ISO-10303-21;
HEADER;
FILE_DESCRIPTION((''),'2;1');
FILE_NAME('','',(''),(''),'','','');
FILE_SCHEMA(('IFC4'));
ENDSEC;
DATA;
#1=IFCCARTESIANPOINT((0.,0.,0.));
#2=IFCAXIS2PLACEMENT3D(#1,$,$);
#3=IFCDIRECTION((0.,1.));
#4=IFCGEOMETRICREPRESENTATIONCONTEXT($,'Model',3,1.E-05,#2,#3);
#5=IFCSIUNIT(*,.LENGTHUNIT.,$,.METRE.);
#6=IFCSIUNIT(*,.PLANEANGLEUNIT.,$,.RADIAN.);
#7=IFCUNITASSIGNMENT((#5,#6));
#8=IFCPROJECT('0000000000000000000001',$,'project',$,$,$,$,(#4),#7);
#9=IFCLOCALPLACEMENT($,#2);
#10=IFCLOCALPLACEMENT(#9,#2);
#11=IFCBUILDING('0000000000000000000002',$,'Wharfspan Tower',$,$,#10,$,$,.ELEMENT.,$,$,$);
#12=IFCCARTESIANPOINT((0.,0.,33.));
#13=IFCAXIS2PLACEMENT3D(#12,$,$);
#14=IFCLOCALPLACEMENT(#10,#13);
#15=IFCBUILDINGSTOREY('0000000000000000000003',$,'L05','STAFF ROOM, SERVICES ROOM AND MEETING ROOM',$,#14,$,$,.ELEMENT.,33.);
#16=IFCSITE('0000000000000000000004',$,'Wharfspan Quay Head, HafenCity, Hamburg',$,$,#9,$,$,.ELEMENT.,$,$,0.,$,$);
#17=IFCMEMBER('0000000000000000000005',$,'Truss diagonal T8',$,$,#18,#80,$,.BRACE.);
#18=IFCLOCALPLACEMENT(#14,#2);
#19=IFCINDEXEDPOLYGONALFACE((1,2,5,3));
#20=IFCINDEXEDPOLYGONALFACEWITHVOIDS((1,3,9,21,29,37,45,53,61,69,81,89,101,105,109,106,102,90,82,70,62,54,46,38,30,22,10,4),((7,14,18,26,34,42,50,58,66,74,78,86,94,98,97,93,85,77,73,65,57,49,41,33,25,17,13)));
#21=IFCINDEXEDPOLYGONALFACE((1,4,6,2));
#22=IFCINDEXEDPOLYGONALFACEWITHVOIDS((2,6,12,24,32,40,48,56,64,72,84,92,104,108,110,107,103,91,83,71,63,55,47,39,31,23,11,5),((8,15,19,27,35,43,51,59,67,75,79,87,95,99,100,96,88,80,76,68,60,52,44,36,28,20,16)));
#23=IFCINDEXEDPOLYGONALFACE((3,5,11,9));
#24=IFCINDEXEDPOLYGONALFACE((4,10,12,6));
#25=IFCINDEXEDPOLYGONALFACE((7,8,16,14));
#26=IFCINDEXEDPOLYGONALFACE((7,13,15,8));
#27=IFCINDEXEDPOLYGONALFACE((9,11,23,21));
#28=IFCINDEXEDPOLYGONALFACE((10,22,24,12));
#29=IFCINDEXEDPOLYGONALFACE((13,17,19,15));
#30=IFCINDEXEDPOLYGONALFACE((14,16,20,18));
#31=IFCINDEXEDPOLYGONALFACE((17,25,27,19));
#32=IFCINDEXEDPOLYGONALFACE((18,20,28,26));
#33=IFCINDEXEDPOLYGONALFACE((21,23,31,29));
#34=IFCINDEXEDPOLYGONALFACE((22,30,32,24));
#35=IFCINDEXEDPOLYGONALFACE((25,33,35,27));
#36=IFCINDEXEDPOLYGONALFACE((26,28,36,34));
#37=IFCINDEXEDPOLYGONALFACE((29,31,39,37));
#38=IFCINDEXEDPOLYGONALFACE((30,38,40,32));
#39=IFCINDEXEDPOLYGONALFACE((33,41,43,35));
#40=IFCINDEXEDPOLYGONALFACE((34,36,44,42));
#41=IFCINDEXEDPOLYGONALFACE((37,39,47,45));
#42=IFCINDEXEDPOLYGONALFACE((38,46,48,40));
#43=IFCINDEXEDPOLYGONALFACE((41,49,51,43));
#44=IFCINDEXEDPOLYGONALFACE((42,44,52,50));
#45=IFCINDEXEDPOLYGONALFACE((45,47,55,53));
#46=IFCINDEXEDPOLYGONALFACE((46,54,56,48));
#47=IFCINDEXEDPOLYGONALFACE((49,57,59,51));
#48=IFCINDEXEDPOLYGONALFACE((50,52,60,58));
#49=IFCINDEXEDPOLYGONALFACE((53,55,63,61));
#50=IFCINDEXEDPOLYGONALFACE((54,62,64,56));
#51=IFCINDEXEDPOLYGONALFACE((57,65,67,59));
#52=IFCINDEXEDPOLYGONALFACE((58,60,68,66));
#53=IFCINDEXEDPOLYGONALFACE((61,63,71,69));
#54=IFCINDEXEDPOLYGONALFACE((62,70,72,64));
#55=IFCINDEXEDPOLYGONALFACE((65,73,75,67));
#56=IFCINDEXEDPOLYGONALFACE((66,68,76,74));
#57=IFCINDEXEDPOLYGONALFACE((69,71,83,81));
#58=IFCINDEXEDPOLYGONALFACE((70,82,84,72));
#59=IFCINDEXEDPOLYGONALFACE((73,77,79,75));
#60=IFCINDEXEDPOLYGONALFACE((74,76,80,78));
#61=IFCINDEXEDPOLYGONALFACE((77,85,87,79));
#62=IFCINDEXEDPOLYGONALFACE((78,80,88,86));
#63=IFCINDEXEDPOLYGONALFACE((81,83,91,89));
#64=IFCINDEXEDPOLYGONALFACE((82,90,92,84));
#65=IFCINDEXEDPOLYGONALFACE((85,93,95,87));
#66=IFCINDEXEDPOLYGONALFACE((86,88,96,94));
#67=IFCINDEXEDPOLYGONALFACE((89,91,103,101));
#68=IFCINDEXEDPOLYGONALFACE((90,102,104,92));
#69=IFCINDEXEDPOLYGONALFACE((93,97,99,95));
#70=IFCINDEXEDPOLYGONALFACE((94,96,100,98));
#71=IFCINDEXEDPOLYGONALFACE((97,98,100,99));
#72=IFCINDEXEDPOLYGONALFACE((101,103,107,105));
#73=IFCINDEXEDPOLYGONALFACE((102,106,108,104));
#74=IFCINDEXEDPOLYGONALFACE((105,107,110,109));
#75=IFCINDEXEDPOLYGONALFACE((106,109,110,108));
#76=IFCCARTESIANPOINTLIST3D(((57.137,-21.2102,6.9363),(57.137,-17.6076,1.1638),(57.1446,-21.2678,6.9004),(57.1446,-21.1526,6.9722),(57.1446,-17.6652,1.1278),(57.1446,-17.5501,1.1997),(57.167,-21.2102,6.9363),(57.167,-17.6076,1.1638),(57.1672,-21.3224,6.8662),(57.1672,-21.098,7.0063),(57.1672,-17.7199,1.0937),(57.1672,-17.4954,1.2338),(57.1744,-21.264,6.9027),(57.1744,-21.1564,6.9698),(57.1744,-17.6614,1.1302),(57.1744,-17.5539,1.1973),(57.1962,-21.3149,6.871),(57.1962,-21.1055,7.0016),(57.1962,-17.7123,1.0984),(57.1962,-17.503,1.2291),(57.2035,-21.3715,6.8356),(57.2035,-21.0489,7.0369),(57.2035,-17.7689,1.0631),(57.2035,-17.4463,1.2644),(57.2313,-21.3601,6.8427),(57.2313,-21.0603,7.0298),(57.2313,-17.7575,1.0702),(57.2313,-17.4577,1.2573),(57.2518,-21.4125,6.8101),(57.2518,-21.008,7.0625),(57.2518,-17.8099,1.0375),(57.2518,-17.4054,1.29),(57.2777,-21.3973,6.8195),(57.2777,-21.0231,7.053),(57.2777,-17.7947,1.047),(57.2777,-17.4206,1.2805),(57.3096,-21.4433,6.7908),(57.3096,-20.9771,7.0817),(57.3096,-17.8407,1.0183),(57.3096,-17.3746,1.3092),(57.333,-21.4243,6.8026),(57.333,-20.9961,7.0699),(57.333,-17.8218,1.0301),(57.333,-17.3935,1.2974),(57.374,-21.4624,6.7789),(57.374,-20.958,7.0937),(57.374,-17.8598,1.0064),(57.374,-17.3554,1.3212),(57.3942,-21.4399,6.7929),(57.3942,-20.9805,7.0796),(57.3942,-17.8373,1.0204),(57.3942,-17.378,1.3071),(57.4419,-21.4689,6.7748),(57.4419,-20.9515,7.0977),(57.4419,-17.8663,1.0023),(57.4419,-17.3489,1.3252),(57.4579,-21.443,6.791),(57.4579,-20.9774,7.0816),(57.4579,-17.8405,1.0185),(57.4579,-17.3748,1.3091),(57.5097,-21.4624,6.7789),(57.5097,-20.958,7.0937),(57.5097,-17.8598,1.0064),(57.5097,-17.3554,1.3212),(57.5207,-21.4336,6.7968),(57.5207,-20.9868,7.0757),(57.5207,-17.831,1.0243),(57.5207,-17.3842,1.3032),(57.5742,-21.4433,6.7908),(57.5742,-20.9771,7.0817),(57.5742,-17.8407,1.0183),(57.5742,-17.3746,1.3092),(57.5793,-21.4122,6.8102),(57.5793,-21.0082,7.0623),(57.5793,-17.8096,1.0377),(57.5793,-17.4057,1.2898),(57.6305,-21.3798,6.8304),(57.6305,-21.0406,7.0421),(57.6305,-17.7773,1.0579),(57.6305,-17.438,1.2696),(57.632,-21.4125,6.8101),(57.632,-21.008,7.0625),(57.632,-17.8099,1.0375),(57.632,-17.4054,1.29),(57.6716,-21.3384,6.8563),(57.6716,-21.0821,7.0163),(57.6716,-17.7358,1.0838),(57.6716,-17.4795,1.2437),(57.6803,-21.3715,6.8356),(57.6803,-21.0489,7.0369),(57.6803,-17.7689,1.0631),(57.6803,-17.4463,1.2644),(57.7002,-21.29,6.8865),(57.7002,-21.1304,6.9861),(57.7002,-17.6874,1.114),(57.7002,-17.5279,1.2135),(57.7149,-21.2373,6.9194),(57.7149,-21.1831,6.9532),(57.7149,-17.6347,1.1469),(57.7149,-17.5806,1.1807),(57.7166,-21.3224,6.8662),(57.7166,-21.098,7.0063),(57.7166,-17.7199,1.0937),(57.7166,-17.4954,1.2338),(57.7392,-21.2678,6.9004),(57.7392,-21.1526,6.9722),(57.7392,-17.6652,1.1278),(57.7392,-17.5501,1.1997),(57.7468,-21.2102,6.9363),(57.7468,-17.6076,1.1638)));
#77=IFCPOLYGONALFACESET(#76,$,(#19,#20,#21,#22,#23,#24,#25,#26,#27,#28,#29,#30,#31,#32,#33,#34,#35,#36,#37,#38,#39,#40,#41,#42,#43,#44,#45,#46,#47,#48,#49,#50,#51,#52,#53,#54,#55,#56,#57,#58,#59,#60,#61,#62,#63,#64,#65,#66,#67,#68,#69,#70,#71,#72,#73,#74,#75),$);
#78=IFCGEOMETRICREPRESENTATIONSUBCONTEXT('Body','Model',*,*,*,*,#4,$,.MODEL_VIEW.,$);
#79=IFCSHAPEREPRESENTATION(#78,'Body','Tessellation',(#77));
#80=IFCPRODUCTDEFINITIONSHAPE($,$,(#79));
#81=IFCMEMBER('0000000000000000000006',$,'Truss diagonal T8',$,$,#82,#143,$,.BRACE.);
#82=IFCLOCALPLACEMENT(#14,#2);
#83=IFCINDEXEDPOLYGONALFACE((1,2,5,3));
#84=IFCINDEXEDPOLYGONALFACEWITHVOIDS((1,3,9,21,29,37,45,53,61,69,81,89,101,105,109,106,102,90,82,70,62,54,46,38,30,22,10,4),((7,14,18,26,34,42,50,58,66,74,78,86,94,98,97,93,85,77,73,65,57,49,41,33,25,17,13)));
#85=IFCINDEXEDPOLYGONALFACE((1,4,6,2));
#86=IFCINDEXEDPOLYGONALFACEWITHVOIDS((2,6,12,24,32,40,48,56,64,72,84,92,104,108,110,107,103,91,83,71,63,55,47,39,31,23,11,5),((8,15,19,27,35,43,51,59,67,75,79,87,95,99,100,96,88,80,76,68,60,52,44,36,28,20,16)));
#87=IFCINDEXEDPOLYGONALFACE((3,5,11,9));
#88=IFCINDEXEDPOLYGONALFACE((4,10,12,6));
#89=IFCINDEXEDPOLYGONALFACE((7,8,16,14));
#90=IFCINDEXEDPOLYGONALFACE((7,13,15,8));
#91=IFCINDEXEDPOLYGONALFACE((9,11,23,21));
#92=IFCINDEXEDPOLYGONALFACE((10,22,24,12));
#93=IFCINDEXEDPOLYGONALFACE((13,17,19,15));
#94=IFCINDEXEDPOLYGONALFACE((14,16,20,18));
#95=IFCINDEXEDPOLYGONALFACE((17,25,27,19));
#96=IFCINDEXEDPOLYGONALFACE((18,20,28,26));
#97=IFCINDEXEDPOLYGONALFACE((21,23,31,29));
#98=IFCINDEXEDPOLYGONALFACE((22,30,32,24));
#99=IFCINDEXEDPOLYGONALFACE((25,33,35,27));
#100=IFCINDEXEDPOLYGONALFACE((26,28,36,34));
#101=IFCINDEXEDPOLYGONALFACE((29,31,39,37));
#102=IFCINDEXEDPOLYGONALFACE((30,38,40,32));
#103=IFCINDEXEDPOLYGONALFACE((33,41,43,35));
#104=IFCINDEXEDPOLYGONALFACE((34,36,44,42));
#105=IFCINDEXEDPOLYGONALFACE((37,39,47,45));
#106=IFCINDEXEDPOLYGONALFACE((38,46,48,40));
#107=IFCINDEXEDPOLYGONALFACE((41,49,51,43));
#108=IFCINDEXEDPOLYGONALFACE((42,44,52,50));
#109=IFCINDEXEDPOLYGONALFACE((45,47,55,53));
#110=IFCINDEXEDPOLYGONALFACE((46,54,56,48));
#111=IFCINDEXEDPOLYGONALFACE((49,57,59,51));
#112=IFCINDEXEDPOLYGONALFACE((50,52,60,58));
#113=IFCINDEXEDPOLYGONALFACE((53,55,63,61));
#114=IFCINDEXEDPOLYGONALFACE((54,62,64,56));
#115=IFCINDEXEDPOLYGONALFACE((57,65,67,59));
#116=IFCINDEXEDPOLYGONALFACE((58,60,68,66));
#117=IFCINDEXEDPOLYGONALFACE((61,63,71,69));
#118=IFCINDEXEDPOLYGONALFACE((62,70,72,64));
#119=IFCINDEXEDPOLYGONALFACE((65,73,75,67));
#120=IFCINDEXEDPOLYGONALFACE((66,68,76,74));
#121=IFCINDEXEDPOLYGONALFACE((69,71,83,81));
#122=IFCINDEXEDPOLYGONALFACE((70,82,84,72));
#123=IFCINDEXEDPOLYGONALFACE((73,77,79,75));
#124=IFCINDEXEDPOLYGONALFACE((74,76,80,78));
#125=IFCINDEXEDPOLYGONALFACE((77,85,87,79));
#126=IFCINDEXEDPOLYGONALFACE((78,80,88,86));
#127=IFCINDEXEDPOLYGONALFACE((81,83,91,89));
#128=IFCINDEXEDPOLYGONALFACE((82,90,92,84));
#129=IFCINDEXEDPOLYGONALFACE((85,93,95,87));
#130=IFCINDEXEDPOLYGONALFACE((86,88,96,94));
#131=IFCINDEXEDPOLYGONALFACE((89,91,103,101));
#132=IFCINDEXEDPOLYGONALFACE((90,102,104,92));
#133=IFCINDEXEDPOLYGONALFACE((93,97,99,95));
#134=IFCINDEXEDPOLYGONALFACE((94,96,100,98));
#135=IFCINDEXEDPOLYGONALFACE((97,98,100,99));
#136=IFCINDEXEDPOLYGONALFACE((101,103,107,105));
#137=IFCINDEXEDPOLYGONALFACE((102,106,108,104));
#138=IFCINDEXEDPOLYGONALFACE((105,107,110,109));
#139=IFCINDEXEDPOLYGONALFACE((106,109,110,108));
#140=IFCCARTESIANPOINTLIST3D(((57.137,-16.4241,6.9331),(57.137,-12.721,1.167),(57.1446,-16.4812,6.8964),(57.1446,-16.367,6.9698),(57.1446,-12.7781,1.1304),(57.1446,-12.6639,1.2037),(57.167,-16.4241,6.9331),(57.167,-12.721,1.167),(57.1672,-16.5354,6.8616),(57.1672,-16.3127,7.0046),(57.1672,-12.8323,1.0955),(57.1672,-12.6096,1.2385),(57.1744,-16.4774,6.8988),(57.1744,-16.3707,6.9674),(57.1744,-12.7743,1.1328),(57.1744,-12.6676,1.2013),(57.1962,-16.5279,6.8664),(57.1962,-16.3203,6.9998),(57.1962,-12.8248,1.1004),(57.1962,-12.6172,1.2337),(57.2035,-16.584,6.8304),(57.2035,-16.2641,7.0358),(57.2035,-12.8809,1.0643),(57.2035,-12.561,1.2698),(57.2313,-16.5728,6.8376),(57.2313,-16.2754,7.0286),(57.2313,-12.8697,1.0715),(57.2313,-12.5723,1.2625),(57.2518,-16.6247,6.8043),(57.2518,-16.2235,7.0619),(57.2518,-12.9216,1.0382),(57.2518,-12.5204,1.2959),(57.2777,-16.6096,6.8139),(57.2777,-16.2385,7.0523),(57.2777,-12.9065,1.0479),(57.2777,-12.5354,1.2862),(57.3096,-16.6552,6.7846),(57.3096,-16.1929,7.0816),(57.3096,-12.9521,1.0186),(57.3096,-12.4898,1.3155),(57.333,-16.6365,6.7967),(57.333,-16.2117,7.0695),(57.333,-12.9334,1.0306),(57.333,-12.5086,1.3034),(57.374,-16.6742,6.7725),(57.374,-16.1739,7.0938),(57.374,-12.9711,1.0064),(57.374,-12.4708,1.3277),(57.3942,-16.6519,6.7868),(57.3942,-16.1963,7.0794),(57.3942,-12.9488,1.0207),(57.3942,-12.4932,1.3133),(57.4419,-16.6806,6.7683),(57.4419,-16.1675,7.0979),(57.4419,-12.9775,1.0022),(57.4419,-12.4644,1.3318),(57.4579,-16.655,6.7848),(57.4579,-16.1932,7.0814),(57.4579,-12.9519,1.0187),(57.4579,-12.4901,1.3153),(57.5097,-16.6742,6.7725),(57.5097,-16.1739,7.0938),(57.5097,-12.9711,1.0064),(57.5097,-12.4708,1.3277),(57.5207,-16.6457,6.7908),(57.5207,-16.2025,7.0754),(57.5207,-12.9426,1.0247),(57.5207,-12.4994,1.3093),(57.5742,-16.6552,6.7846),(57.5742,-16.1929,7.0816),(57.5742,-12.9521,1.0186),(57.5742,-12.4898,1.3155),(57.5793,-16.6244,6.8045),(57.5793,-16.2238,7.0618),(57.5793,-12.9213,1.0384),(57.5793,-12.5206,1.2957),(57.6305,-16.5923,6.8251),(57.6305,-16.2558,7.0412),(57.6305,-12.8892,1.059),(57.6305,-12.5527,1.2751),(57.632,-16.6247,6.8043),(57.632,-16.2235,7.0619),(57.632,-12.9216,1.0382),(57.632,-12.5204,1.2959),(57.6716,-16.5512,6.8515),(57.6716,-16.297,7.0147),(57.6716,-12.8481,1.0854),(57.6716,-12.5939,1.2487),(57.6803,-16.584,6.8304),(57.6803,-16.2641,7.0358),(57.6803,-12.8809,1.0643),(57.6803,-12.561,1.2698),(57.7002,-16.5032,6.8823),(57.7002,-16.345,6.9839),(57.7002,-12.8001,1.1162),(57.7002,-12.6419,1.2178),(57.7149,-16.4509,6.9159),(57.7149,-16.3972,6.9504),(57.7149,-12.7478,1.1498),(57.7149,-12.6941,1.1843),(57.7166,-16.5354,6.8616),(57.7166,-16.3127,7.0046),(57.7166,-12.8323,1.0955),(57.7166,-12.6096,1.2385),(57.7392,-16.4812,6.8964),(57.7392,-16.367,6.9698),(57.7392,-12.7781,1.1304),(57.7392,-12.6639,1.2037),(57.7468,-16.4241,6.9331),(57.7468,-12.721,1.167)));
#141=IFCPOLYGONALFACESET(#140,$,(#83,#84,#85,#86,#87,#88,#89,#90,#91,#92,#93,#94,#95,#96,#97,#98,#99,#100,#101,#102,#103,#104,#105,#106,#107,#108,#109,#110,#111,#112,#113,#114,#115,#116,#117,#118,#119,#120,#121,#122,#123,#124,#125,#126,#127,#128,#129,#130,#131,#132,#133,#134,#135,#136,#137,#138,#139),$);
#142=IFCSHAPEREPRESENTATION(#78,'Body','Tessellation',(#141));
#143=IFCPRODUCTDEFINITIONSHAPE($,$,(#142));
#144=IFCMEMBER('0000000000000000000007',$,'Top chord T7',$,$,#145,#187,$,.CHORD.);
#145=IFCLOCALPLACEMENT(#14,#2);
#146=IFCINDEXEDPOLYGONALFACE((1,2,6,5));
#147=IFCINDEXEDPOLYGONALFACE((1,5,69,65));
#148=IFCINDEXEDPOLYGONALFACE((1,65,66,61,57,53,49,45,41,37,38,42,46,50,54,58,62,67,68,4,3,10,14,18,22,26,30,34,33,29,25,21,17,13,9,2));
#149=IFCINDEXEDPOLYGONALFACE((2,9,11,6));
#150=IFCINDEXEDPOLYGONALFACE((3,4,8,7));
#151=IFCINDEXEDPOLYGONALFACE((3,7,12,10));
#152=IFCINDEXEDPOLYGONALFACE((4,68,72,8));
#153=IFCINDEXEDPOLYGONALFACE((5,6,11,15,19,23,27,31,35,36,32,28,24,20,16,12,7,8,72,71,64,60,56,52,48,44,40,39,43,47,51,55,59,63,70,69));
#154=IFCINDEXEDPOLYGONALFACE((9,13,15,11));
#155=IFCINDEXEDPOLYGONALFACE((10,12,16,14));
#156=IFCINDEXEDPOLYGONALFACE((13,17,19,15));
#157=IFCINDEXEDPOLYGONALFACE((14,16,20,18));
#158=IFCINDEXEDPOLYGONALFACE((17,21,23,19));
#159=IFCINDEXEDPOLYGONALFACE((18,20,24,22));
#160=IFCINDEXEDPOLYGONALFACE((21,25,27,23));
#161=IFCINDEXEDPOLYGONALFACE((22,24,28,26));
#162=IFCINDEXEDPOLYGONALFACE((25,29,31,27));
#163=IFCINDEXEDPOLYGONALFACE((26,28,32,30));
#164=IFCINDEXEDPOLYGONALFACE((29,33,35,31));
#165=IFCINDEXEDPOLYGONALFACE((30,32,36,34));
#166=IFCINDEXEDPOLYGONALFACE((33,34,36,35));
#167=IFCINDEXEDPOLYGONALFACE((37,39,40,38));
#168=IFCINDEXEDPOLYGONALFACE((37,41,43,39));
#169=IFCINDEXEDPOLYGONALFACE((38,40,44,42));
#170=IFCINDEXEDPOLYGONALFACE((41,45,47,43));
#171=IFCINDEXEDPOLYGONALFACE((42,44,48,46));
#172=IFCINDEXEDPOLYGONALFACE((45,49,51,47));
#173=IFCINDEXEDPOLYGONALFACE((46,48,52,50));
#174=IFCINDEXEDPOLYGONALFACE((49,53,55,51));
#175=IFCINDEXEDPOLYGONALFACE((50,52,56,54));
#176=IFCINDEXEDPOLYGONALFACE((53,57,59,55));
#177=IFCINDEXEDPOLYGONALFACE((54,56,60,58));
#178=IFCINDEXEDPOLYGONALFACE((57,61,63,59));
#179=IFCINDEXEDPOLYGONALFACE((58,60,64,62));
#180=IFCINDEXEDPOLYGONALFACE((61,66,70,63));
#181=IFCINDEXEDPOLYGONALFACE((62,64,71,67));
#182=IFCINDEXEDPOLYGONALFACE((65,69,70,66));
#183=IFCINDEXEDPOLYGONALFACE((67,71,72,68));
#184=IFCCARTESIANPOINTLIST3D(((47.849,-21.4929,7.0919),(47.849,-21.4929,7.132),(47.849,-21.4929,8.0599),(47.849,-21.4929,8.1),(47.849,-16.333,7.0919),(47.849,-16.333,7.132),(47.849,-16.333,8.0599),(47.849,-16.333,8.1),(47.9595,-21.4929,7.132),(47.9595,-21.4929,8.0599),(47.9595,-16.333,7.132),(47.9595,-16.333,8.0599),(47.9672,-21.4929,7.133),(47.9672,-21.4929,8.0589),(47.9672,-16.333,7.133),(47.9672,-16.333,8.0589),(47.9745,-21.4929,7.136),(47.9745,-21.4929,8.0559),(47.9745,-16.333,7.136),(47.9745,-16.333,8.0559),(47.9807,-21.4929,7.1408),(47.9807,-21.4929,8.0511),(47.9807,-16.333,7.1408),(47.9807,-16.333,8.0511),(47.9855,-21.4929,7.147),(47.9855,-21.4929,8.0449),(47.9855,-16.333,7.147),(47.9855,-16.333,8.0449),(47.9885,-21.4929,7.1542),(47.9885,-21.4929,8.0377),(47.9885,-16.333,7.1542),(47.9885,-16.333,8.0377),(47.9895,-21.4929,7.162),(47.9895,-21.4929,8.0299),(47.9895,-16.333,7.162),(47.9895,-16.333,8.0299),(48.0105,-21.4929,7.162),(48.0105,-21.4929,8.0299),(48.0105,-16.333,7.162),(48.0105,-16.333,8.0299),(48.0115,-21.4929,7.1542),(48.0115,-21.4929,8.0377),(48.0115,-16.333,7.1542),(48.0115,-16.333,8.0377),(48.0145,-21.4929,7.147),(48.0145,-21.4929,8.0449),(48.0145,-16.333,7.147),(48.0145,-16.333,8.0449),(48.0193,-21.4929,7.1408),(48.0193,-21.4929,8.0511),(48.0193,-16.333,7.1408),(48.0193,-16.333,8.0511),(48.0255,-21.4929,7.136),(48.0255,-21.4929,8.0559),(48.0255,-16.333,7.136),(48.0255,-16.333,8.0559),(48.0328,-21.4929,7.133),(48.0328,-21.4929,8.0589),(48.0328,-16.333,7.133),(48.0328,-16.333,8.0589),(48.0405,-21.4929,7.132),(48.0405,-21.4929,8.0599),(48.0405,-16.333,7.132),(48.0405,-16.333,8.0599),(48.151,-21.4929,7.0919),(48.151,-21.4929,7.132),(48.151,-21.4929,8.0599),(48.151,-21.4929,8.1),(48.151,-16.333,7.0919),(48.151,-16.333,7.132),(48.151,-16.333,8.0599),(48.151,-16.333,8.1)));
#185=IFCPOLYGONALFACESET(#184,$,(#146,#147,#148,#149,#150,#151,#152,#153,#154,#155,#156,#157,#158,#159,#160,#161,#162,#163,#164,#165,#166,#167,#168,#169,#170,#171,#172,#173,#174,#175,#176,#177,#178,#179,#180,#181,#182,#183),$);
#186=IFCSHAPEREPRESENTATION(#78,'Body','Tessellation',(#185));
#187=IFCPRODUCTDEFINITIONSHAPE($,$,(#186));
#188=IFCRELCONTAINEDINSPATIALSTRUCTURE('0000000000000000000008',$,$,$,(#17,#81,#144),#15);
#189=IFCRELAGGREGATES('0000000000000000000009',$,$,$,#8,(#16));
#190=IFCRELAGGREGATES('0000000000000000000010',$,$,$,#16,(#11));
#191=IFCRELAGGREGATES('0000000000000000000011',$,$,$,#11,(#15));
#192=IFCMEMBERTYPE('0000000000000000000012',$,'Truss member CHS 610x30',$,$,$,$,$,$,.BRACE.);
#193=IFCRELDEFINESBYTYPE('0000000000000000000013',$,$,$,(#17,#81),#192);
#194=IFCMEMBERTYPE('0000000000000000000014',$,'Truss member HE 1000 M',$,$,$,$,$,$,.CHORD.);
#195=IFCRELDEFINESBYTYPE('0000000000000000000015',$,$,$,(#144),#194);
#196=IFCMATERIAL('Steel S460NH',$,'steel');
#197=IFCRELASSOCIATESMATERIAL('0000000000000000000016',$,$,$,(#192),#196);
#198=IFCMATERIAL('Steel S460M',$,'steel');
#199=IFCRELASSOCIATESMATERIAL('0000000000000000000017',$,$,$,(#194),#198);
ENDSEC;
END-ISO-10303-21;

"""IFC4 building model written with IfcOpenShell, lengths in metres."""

from ifc_helpers import new_model, si_unit, direction, frame, origin, origin_2d, place, context, subcontext, project, spatial, hollow_circle, i_section, extrude, material, material_profile, profile_set, type_object, element, save


model = new_model("IFC4")

# Units and contexts
model_context = context("Model", 3, precision=1e-05, world=origin(), true_north=direction((0.0, 1.0)))
body_context = subcontext(model_context, "Body", "Model", "MODEL_VIEW")
ifc_project = project(units=[si_unit("LENGTHUNIT", "METRE"), si_unit("PLANEANGLEUNIT", "RADIAN")], contexts=[model_context])

# Site, building, storey
site_placement = place(None, origin())
site = spatial("IfcSite", under=ifc_project, at=site_placement, Name="Wharfspan Quay Head, HafenCity, Hamburg", CompositionType="ELEMENT", RefElevation=0.0)
building_placement = place(site_placement, origin())
building = spatial("IfcBuilding", under=site, at=building_placement, Name="Wharfspan Tower", CompositionType="ELEMENT")
storey_placement = place(building_placement, frame((0.0, 0.0, 33.0)))
storey = spatial("IfcBuildingStorey", under=building, at=storey_placement, Name="L05", Description="STAFF ROOM, SERVICES ROOM AND MEETING ROOM", CompositionType="ELEMENT", Elevation=33.0)

# Members
ifc_material_1 = material(Name="Steel S460NH", Category="steel")
ifc_material_profile_1 = material_profile(ifc_material_1, hollow_circle(Radius=0.3049, WallThickness=0.03, at=origin_2d()))
ifc_profile_set_1 = profile_set([ifc_material_profile_1], Name="Steel S460NH")
member_type_1 = type_object("IfcMemberType", Name="Truss member CHS 610x30", PredefinedType="BRACE", material=ifc_profile_set_1)
member_1_placement = place(storey_placement, frame((57.4419, -21.2102, 6.9363), z_axis=(0.0, 0.529444, -0.848345), x_axis=(-1.0, 0.0, 0.0)))
element("IfcMember", 1, at=member_1_placement, inside=storey, type_object=member_type_1, Name="Truss diagonal T8", PredefinedType="BRACE", context=body_context, shape_type="SweptSolid", body=[
    extrude(hollow_circle(Radius=0.3049, WallThickness=0.03, at=origin_2d()), origin(), (0.0, 0.0, 1.0), 6.8044),
])
member_2_placement = place(storey_placement, frame((57.4419, -16.4241, 6.9331), z_axis=(0.0, 0.540379, -0.841421), x_axis=(-1.0, 0.0, 0.0)))
element("IfcMember", 2, at=member_2_placement, inside=storey, type_object=member_type_1, Name="Truss diagonal T8", PredefinedType="BRACE", context=body_context, shape_type="SweptSolid", body=[
    extrude(hollow_circle(Radius=0.3049, WallThickness=0.03, at=origin_2d()), origin(), (0.0, 0.0, 1.0), 6.8528),
])
ifc_material_2 = material(Name="Steel S460M", Category="steel")
ifc_material_profile_2 = material_profile(ifc_material_2, i_section(OverallWidth=0.302, OverallDepth=1.0081, WebThickness=0.021, FlangeThickness=0.04, FilletRadius=0.03, at=origin_2d()))
ifc_profile_set_2 = profile_set([ifc_material_profile_2], Name="Steel S460M")
member_type_2 = type_object("IfcMemberType", Name="Truss member HE 1000 M", PredefinedType="CHORD", material=ifc_profile_set_2)
for number, where, z_axis, x_axis, name in (
    (3, (48.0, -21.4929, 7.5959), (0.0, 1.0, 0.0), (-1.0, 0.0, 0.0), "Top chord T7"),
):
    element("IfcMember", number, at=place(storey_placement, frame(where, z_axis=z_axis, x_axis=x_axis)), inside=storey, type_object=member_type_2, Name=name, PredefinedType="CHORD", context=body_context, shape_type="SweptSolid", body=[
        extrude(i_section(OverallWidth=0.302, OverallDepth=1.0081, WebThickness=0.021, FlangeThickness=0.04, FilletRadius=0.03, at=origin_2d()), origin(), (0.0, 0.0, 1.0), 5.1599),
    ])

save(model, "model.ifc")
